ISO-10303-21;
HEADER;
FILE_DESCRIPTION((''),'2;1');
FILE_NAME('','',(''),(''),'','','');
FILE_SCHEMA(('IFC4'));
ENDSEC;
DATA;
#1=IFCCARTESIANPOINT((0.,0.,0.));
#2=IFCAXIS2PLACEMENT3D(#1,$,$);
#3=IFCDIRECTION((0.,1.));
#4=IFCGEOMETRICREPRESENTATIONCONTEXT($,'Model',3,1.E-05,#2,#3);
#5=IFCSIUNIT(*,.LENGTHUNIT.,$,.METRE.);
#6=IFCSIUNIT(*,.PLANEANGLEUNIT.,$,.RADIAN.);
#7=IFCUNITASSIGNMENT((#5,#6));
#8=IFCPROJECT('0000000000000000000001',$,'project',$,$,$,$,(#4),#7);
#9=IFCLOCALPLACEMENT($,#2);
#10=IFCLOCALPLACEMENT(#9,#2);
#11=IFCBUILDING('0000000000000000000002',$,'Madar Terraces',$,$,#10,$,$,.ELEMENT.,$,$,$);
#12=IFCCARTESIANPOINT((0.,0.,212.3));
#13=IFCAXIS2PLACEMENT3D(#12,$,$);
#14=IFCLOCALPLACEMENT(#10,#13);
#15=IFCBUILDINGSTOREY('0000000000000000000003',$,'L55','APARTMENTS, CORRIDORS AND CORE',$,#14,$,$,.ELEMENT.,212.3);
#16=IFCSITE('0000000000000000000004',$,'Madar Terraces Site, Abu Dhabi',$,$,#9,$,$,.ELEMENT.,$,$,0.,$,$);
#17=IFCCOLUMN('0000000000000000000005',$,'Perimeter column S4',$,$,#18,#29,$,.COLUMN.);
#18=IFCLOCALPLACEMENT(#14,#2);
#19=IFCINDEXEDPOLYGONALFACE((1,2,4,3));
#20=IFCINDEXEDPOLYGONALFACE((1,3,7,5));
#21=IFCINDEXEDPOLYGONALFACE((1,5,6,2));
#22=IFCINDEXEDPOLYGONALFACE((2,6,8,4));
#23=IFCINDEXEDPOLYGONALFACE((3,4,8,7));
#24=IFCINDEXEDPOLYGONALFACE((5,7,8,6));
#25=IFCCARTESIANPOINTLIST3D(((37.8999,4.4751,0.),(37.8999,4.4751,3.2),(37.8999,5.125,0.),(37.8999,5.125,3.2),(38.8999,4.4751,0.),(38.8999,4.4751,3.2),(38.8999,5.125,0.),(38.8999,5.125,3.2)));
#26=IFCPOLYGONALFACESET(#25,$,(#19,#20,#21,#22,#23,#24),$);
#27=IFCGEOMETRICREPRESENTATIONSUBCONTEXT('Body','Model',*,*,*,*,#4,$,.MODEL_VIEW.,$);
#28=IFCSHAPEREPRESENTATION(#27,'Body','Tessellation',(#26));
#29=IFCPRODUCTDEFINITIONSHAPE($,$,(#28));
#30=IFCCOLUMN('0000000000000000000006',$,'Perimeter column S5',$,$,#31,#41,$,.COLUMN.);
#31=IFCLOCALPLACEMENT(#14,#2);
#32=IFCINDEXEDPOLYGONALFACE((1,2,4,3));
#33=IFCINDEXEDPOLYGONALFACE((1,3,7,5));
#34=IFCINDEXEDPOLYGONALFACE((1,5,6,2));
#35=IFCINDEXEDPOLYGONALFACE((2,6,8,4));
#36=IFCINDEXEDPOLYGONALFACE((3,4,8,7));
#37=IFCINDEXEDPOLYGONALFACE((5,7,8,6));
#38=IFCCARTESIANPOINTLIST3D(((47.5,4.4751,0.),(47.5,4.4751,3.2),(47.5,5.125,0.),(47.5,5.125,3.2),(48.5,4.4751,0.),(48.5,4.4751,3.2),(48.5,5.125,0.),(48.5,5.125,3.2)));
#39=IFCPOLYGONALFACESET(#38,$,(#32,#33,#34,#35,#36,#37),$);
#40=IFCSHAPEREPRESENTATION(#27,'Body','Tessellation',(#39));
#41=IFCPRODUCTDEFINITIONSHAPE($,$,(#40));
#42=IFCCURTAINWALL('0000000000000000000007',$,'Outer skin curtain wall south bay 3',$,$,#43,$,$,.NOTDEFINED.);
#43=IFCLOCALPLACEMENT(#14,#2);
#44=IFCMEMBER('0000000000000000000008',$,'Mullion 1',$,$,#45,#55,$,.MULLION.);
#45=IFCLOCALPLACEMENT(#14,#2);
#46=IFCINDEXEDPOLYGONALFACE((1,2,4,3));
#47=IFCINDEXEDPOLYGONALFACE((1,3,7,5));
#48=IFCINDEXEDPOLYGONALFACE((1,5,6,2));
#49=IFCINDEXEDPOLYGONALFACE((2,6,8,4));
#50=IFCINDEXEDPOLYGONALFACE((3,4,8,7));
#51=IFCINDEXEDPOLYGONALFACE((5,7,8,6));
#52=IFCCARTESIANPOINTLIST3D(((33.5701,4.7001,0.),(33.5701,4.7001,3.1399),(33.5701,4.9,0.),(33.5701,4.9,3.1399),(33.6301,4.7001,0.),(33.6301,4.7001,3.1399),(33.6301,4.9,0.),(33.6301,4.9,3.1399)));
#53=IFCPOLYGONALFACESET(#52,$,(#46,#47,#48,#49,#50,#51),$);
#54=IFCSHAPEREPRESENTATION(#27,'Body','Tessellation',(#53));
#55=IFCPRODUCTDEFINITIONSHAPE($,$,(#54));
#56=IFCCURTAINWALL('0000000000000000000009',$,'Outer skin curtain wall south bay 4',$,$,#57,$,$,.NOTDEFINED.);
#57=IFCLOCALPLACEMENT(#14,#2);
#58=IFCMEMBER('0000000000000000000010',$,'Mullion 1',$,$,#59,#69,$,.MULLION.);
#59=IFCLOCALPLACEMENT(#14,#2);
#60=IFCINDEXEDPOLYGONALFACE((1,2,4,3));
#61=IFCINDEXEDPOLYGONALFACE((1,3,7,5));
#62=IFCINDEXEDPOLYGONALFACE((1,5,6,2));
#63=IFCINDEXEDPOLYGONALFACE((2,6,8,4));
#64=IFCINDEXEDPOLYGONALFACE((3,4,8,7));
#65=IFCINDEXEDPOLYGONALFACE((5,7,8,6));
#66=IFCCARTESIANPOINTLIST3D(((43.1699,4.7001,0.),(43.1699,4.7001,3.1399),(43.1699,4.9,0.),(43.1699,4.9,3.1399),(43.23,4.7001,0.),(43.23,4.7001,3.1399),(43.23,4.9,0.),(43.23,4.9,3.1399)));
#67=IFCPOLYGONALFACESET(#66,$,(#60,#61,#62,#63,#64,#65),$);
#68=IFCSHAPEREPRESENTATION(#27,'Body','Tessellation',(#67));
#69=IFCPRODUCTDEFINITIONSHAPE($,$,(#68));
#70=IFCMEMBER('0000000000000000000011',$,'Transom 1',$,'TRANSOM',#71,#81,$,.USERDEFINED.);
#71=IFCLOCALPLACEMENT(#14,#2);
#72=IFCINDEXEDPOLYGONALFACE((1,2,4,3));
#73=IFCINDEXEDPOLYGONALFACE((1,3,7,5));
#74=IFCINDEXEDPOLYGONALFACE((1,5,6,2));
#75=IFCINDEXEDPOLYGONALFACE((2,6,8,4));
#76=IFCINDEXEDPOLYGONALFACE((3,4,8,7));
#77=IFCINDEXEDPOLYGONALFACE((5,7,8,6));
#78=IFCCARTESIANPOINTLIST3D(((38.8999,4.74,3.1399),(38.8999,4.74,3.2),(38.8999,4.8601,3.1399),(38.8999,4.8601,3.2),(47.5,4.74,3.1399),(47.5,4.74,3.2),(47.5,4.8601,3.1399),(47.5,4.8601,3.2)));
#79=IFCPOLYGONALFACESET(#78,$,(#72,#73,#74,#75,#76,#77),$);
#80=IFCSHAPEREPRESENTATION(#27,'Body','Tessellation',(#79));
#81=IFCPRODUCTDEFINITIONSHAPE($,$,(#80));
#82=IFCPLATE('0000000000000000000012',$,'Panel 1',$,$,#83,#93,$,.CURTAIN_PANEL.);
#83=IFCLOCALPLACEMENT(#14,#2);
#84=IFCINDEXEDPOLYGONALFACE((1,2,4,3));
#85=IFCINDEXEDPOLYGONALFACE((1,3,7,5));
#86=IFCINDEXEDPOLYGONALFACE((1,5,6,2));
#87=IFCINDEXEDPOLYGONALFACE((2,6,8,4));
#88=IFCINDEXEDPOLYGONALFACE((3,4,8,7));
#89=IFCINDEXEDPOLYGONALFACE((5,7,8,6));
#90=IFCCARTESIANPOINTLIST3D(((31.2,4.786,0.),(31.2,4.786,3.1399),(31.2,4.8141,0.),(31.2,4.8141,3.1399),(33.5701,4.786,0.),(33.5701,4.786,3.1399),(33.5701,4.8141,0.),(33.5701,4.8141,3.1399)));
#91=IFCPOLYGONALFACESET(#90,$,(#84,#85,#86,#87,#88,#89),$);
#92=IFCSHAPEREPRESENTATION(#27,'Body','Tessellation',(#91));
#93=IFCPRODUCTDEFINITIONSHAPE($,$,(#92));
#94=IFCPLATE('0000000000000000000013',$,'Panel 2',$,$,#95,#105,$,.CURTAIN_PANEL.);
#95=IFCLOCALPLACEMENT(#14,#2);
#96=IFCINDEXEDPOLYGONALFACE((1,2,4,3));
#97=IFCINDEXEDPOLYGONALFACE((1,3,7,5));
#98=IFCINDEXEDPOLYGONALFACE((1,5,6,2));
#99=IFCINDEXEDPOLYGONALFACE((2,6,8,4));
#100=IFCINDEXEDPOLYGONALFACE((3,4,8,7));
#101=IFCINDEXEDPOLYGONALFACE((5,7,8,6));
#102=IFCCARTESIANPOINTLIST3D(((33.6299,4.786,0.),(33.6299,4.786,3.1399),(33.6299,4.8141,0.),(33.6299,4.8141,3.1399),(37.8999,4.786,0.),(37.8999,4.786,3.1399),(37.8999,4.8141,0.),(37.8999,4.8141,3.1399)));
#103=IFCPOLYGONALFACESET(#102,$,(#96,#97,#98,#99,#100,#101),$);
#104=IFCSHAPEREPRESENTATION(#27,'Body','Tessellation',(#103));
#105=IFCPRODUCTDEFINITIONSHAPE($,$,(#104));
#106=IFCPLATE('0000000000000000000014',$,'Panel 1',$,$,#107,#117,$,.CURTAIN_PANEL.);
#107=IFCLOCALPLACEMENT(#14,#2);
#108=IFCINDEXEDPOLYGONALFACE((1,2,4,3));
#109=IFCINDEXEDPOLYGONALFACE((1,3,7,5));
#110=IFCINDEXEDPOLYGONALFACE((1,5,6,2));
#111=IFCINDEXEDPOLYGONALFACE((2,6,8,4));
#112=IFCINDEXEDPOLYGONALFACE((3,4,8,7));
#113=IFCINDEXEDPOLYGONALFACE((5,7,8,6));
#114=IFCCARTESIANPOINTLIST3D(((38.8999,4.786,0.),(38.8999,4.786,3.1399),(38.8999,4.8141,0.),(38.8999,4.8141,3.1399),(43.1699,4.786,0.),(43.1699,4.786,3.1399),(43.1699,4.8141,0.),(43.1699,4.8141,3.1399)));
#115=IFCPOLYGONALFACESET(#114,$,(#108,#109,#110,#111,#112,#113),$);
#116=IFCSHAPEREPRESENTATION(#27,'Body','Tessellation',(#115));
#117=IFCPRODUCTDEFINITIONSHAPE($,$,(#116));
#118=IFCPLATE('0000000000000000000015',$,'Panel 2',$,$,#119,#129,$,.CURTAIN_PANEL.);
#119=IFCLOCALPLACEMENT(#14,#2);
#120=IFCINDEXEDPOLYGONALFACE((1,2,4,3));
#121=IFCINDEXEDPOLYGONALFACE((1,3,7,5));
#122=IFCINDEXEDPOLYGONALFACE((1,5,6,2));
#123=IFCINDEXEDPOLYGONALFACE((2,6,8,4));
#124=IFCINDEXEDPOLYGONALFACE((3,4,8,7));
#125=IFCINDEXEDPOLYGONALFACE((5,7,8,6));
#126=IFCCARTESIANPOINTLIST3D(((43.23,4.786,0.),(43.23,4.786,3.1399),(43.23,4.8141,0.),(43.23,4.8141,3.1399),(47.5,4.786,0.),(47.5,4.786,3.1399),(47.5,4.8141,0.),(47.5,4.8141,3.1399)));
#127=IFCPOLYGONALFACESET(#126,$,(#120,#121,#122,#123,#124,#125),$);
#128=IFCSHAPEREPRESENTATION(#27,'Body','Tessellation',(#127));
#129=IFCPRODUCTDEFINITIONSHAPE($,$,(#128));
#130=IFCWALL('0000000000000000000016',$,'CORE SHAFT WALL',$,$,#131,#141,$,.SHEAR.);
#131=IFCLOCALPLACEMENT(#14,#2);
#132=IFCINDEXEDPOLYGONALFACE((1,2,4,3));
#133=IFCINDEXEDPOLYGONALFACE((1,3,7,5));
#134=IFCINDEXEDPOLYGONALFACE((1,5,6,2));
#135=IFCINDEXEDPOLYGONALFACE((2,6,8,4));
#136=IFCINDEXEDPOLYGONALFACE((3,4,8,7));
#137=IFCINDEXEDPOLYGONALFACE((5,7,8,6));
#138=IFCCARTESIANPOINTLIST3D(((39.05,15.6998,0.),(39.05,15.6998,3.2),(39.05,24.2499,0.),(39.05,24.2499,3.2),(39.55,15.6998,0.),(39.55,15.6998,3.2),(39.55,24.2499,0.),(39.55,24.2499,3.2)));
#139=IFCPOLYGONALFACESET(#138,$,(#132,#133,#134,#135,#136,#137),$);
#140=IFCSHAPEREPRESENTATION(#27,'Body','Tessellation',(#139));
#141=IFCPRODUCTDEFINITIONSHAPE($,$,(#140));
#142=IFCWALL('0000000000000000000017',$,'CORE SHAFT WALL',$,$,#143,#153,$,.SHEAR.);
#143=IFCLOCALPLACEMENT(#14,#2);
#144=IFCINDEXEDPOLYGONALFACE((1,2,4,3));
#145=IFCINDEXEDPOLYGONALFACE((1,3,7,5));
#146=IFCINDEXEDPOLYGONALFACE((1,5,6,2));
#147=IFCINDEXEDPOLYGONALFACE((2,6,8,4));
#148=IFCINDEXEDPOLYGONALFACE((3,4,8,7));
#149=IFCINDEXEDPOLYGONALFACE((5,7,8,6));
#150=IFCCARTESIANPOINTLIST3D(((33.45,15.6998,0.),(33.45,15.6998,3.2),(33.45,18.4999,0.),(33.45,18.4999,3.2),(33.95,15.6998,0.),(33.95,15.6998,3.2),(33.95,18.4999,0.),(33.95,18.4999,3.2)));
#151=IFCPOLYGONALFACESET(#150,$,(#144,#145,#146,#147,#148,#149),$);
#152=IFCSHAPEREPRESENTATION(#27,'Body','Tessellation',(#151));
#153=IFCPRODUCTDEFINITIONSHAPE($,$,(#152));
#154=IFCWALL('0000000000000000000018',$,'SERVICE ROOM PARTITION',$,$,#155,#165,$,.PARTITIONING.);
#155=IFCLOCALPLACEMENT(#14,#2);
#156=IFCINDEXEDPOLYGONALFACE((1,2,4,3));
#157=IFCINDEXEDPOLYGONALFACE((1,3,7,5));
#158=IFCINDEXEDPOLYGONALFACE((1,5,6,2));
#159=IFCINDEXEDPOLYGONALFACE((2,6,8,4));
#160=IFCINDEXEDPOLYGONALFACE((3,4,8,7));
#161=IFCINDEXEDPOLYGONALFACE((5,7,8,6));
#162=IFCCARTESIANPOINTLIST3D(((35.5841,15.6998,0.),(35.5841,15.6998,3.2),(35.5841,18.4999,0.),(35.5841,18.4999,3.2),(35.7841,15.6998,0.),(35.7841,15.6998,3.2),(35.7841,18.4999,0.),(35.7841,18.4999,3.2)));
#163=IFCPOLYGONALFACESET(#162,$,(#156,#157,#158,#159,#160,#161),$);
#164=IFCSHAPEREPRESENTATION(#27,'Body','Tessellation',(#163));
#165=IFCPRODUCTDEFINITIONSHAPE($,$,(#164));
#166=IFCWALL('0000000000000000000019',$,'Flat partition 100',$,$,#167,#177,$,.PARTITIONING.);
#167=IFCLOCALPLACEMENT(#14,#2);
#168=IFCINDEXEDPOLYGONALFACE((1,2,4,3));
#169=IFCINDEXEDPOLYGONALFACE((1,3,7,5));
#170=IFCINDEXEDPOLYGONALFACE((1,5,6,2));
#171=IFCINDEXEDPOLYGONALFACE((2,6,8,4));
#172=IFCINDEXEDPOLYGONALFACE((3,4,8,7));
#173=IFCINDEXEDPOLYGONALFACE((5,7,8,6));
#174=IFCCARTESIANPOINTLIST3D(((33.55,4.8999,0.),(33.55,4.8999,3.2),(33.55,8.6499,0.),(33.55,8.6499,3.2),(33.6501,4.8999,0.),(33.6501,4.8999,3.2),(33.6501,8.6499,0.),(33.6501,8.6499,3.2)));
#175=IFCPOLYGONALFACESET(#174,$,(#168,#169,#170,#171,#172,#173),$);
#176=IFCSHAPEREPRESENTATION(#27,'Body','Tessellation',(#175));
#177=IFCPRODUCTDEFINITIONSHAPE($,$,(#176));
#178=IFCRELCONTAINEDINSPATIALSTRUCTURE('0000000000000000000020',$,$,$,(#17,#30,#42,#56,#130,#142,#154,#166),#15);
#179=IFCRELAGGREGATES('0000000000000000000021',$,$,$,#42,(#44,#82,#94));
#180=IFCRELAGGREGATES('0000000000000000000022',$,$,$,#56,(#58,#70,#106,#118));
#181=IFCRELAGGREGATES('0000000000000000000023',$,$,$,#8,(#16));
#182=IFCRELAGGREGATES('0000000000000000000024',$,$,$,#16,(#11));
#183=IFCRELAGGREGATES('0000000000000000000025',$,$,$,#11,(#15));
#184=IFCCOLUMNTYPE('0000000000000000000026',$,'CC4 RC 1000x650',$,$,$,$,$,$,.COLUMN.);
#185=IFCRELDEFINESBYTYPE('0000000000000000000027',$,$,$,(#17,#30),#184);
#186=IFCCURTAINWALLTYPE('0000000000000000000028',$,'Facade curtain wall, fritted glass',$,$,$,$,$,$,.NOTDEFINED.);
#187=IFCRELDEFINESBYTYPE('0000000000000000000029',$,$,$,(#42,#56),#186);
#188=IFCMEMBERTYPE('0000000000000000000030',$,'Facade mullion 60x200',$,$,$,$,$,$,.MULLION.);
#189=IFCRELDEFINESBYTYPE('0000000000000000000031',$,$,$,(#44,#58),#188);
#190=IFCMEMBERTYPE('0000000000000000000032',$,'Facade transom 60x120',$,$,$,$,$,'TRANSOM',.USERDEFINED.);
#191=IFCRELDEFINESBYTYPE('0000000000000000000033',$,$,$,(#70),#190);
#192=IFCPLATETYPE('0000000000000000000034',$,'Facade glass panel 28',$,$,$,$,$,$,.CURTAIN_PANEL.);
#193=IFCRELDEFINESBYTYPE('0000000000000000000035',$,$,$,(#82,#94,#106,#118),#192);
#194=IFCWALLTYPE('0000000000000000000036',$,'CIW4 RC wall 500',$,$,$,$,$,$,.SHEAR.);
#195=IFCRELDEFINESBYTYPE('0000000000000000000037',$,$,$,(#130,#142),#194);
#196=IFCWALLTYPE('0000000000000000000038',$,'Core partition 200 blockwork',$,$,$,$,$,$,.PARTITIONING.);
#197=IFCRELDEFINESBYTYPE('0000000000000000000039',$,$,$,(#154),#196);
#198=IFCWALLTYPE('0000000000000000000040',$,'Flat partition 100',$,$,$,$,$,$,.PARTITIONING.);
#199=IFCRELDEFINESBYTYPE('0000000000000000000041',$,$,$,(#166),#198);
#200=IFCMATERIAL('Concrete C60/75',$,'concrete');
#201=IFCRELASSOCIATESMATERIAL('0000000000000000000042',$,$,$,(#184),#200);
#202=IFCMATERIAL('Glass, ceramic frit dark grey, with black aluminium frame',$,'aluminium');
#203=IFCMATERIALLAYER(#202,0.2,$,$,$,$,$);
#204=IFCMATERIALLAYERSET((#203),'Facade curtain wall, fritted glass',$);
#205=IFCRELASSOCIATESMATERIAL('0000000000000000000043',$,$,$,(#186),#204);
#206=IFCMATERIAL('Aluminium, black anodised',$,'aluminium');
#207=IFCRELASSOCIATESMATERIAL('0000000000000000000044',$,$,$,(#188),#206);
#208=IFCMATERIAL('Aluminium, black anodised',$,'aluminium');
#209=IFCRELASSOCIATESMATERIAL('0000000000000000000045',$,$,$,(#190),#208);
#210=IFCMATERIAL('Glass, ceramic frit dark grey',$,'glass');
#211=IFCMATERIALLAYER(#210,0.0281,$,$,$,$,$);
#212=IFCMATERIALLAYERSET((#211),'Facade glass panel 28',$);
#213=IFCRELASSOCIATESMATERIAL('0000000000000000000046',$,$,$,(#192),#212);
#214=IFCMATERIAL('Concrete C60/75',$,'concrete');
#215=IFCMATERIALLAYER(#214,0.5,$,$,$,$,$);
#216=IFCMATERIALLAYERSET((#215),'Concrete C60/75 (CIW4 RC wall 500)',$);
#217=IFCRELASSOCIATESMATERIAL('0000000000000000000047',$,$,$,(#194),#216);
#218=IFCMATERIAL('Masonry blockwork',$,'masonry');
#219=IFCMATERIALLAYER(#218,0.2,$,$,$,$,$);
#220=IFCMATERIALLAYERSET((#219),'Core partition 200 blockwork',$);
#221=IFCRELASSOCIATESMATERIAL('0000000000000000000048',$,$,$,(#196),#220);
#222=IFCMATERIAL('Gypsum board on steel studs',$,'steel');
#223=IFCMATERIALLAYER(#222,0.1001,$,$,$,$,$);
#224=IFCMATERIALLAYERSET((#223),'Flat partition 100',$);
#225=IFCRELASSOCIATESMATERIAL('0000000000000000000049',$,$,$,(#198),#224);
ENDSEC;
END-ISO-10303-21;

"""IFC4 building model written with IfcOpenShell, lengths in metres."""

from ifc_helpers import new_model, si_unit, direction, frame, frame_2d, origin, origin_2d, place, context, subcontext, project, spatial, rectangle, extrude, material, layer, layer_set, material_profile, profile_set, type_object, element, aggregate, save


model = new_model("IFC4")

# Units and contexts
model_context = context("Model", 3, precision=1e-05, world=origin(), true_north=direction((0.0, 1.0)))
body_context = subcontext(model_context, "Body", "Model", "MODEL_VIEW")
ifc_project = project(units=[si_unit("LENGTHUNIT", "METRE"), si_unit("PLANEANGLEUNIT", "RADIAN")], contexts=[model_context])

# Site, building, storey
site_placement = place(None, origin())
site = spatial("IfcSite", under=ifc_project, at=site_placement, Name="Madar Terraces Site, Abu Dhabi", CompositionType="ELEMENT", RefElevation=0.0)
building_placement = place(site_placement, origin())
building = spatial("IfcBuilding", under=site, at=building_placement, Name="Madar Terraces", CompositionType="ELEMENT")
storey_placement = place(building_placement, frame((0.0, 0.0, 212.3)))
storey = spatial("IfcBuildingStorey", under=building, at=storey_placement, Name="L55", Description="APARTMENTS, CORRIDORS AND CORE", CompositionType="ELEMENT", Elevation=212.3)

# Columns
ifc_material_1 = material(Name="Concrete C60/75", Category="concrete")
ifc_material_profile_1 = material_profile(ifc_material_1, rectangle(XDim=1.0, YDim=0.6499, at=origin_2d()), Name="CC4 RC 1000x650")
ifc_profile_set_1 = profile_set([ifc_material_profile_1], Name="Concrete C60/75")
column_type = type_object("IfcColumnType", Name="CC4 RC 1000x650", PredefinedType="COLUMN", material=ifc_profile_set_1)
for number, where, z_axis, x_axis, name in (
    (1, (38.3999, 4.8, 0.0), (0.0, 0.0, 1.0), (1.0, 0.0, 0.0), "Perimeter column S4"),
    (2, (48.0, 4.8, 0.0), (0.0, 0.0, 1.0), (1.0, 0.0, 0.0), "Perimeter column S5"),
):
    element("IfcColumn", number, at=place(storey_placement, frame(where, z_axis=z_axis, x_axis=x_axis)), inside=storey, type_object=column_type, Name=name, PredefinedType="COLUMN", context=body_context, shape_type="SweptSolid", body=[
        extrude(rectangle(XDim=1.0, YDim=0.6499, at=origin_2d()), origin(), (0.0, 0.0, 1.0), 3.2),
    ])

# Curtain wall, member
ifc_material_2 = material(Name="Glass, ceramic frit dark grey, with black aluminium frame", Category="aluminium")
ifc_layer_1 = layer(ifc_material_2, 0.2)
ifc_layer_set_1 = layer_set([ifc_layer_1], Name="Facade curtain wall, fritted glass")
curtain_wall_type = type_object("IfcCurtainWallType", Name="Facade curtain wall, fritted glass", PredefinedType="NOTDEFINED", material=ifc_layer_set_1)
curtain_wall_1_placement = place(storey_placement, origin())
curtain_wall_1 = element("IfcCurtainWall", 3, at=curtain_wall_1_placement, inside=storey, type_object=curtain_wall_type, Name="Outer skin curtain wall south bay 3", PredefinedType="NOTDEFINED")
ifc_material_3 = material(Name="Aluminium, black anodised", Category="aluminium")
ifc_material_profile_2 = material_profile(ifc_material_3, rectangle(XDim=0.2, YDim=0.0601, at=origin_2d()), Name="Facade mullion 60x200")
ifc_profile_set_2 = profile_set([ifc_material_profile_2], Name="Aluminium, black anodised")
member_type_1 = type_object("IfcMemberType", Name="Facade mullion 60x200", PredefinedType="MULLION", material=ifc_profile_set_2)
member_1_placement = place(storey_placement, frame((33.6001, 4.8, 0.0), z_axis=(0.0, 0.0, 1.0), x_axis=(0.0, 1.0, 0.0)))
member_1 = element("IfcMember", 4, at=member_1_placement, type_object=member_type_1, Name="Mullion 1", PredefinedType="MULLION", context=body_context, shape_type="SweptSolid", body=[
    extrude(rectangle(XDim=0.2, YDim=0.0601, at=origin_2d()), origin(), (0.0, 0.0, 1.0), 3.1399),
])

# Curtain wall, members
curtain_wall_2_placement = place(storey_placement, origin())
curtain_wall_2 = element("IfcCurtainWall", 5, at=curtain_wall_2_placement, inside=storey, type_object=curtain_wall_type, Name="Outer skin curtain wall south bay 4", PredefinedType="NOTDEFINED")
member_2_placement = place(storey_placement, frame((43.2, 4.8, 0.0), z_axis=(0.0, 0.0, 1.0), x_axis=(0.0, 1.0, 0.0)))
member_2 = element("IfcMember", 6, at=member_2_placement, type_object=member_type_1, Name="Mullion 1", PredefinedType="MULLION", context=body_context, shape_type="SweptSolid", body=[
    extrude(rectangle(XDim=0.2, YDim=0.0601, at=origin_2d()), origin(), (0.0, 0.0, 1.0), 3.1399),
])
ifc_material_4 = material(Name="Aluminium, black anodised", Category="aluminium")
ifc_material_profile_3 = material_profile(ifc_material_4, rectangle(XDim=0.1201, YDim=0.0601, at=origin_2d()), Name="Facade transom 60x120")
ifc_profile_set_3 = profile_set([ifc_material_profile_3], Name="Aluminium, black anodised")
member_type_2 = type_object("IfcMemberType", Name="Facade transom 60x120", ElementType="TRANSOM", PredefinedType="USERDEFINED", material=ifc_profile_set_3)
member_3_placement = place(storey_placement, frame((38.8999, 4.8, 3.1699), z_axis=(1.0, 0.0, 0.0), x_axis=(0.0, 1.0, 0.0)))
member_3 = element("IfcMember", 7, at=member_3_placement, type_object=member_type_2, Name="Transom 1", ObjectType="TRANSOM", PredefinedType="USERDEFINED", context=body_context, shape_type="SweptSolid", body=[
    extrude(rectangle(XDim=0.1201, YDim=0.0601, at=origin_2d()), origin(), (0.0, 0.0, 1.0), 8.6001),
])

# Plates
ifc_material_5 = material(Name="Glass, ceramic frit dark grey", Category="glass")
ifc_layer_2 = layer(ifc_material_5, 0.0281)
ifc_layer_set_2 = layer_set([ifc_layer_2], Name="Facade glass panel 28")
plate_type = type_object("IfcPlateType", Name="Facade glass panel 28", PredefinedType="CURTAIN_PANEL", material=ifc_layer_set_2)
plate_1_placement = place(storey_placement, frame((32.385, 4.8, 0.0), z_axis=(0.0, 0.0, 1.0), x_axis=(1.0, 0.0, 0.0)))
plate_1 = element("IfcPlate", 8, at=plate_1_placement, type_object=plate_type, Name="Panel 1", PredefinedType="CURTAIN_PANEL", context=body_context, shape_type="SweptSolid", body=[
    extrude(rectangle(XDim=2.3701, YDim=0.0281, at=origin_2d()), origin(), (0.0, 0.0, 1.0), 3.1399),
])
plate_2_placement = place(storey_placement, frame((35.7649, 4.8, 0.0), z_axis=(0.0, 0.0, 1.0), x_axis=(1.0, 0.0, 0.0)))
plate_2 = element("IfcPlate", 9, at=plate_2_placement, type_object=plate_type, Name="Panel 2", PredefinedType="CURTAIN_PANEL", context=body_context, shape_type="SweptSolid", body=[
    extrude(rectangle(XDim=4.27, YDim=0.0281, at=origin_2d()), origin(), (0.0, 0.0, 1.0), 3.1399),
])
aggregate(curtain_wall_1, [member_1, plate_1, plate_2])
plate_3_placement = place(storey_placement, frame((41.0349, 4.8, 0.0), z_axis=(0.0, 0.0, 1.0), x_axis=(1.0, 0.0, 0.0)))
plate_3 = element("IfcPlate", 10, at=plate_3_placement, type_object=plate_type, Name="Panel 1", PredefinedType="CURTAIN_PANEL", context=body_context, shape_type="SweptSolid", body=[
    extrude(rectangle(XDim=4.27, YDim=0.0281, at=origin_2d()), origin(), (0.0, 0.0, 1.0), 3.1399),
])
plate_4_placement = place(storey_placement, frame((45.365, 4.8, 0.0), z_axis=(0.0, 0.0, 1.0), x_axis=(1.0, 0.0, 0.0)))
plate_4 = element("IfcPlate", 11, at=plate_4_placement, type_object=plate_type, Name="Panel 2", PredefinedType="CURTAIN_PANEL", context=body_context, shape_type="SweptSolid", body=[
    extrude(rectangle(XDim=4.27, YDim=0.0281, at=origin_2d()), origin(), (0.0, 0.0, 1.0), 3.1399),
])
aggregate(curtain_wall_2, [member_2, member_3, plate_3, plate_4])

# Walls
ifc_material_6 = material(Name="Concrete C60/75", Category="concrete")
ifc_layer_3 = layer(ifc_material_6, 0.5)
ifc_layer_set_3 = layer_set([ifc_layer_3], Name="Concrete C60/75 (CIW4 RC wall 500)")
wall_type_1 = type_object("IfcWallType", Name="CIW4 RC wall 500", PredefinedType="SHEAR", material=ifc_layer_set_3)
wall_1_placement = place(storey_placement, frame((39.3, 15.7, 0.0), z_axis=(0.0, 0.0, 1.0), x_axis=(0.0, 1.0, 0.0)))
element("IfcWall", 12, at=wall_1_placement, inside=storey, type_object=wall_type_1, Name="CORE SHAFT WALL", PredefinedType="SHEAR", context=body_context, shape_type="SweptSolid", body=[
    extrude(rectangle(XDim=8.55, YDim=0.5, at=frame_2d((4.2749, 0.0))), origin(), (0.0, 0.0, 1.0), 3.2),
])
wall_2_placement = place(storey_placement, frame((33.7, 15.7, 0.0), z_axis=(0.0, 0.0, 1.0), x_axis=(0.0, 1.0, 0.0)))
element("IfcWall", 13, at=wall_2_placement, inside=storey, type_object=wall_type_1, Name="CORE SHAFT WALL", PredefinedType="SHEAR", context=body_context, shape_type="SweptSolid", body=[
    extrude(rectangle(XDim=2.8, YDim=0.5, at=frame_2d((1.3999, 0.0))), origin(), (0.0, 0.0, 1.0), 3.2),
])
ifc_material_7 = material(Name="Masonry blockwork", Category="masonry")
ifc_layer_4 = layer(ifc_material_7, 0.2)
ifc_layer_set_4 = layer_set([ifc_layer_4], Name="Core partition 200 blockwork")
wall_type_2 = type_object("IfcWallType", Name="Core partition 200 blockwork", PredefinedType="PARTITIONING", material=ifc_layer_set_4)
wall_3_placement = place(storey_placement, frame((35.6841, 15.7, 0.0), z_axis=(0.0, 0.0, 1.0), x_axis=(0.0, 1.0, 0.0)))
element("IfcWall", 14, at=wall_3_placement, inside=storey, type_object=wall_type_2, Name="SERVICE ROOM PARTITION", PredefinedType="PARTITIONING", context=body_context, shape_type="SweptSolid", body=[
    extrude(rectangle(XDim=2.8, YDim=0.2, at=frame_2d((1.3999, 0.0))), origin(), (0.0, 0.0, 1.0), 3.2),
])
ifc_material_8 = material(Name="Gypsum board on steel studs", Category="steel")
ifc_layer_5 = layer(ifc_material_8, 0.1001)
ifc_layer_set_5 = layer_set([ifc_layer_5], Name="Flat partition 100")
wall_type_3 = type_object("IfcWallType", Name="Flat partition 100", PredefinedType="PARTITIONING", material=ifc_layer_set_5)
wall_4_placement = place(storey_placement, frame((33.6001, 8.6499, 0.0), z_axis=(0.0, 0.0, 1.0), x_axis=(0.0, -1.0, 0.0)))
element("IfcWall", 15, at=wall_4_placement, inside=storey, type_object=wall_type_3, Name="Flat partition 100", PredefinedType="PARTITIONING", context=body_context, shape_type="SweptSolid", body=[
    extrude(rectangle(XDim=3.75, YDim=0.1001, at=frame_2d((1.875, 0.0))), origin(), (0.0, 0.0, 1.0), 3.2),
])

save(model, "model.ifc")
